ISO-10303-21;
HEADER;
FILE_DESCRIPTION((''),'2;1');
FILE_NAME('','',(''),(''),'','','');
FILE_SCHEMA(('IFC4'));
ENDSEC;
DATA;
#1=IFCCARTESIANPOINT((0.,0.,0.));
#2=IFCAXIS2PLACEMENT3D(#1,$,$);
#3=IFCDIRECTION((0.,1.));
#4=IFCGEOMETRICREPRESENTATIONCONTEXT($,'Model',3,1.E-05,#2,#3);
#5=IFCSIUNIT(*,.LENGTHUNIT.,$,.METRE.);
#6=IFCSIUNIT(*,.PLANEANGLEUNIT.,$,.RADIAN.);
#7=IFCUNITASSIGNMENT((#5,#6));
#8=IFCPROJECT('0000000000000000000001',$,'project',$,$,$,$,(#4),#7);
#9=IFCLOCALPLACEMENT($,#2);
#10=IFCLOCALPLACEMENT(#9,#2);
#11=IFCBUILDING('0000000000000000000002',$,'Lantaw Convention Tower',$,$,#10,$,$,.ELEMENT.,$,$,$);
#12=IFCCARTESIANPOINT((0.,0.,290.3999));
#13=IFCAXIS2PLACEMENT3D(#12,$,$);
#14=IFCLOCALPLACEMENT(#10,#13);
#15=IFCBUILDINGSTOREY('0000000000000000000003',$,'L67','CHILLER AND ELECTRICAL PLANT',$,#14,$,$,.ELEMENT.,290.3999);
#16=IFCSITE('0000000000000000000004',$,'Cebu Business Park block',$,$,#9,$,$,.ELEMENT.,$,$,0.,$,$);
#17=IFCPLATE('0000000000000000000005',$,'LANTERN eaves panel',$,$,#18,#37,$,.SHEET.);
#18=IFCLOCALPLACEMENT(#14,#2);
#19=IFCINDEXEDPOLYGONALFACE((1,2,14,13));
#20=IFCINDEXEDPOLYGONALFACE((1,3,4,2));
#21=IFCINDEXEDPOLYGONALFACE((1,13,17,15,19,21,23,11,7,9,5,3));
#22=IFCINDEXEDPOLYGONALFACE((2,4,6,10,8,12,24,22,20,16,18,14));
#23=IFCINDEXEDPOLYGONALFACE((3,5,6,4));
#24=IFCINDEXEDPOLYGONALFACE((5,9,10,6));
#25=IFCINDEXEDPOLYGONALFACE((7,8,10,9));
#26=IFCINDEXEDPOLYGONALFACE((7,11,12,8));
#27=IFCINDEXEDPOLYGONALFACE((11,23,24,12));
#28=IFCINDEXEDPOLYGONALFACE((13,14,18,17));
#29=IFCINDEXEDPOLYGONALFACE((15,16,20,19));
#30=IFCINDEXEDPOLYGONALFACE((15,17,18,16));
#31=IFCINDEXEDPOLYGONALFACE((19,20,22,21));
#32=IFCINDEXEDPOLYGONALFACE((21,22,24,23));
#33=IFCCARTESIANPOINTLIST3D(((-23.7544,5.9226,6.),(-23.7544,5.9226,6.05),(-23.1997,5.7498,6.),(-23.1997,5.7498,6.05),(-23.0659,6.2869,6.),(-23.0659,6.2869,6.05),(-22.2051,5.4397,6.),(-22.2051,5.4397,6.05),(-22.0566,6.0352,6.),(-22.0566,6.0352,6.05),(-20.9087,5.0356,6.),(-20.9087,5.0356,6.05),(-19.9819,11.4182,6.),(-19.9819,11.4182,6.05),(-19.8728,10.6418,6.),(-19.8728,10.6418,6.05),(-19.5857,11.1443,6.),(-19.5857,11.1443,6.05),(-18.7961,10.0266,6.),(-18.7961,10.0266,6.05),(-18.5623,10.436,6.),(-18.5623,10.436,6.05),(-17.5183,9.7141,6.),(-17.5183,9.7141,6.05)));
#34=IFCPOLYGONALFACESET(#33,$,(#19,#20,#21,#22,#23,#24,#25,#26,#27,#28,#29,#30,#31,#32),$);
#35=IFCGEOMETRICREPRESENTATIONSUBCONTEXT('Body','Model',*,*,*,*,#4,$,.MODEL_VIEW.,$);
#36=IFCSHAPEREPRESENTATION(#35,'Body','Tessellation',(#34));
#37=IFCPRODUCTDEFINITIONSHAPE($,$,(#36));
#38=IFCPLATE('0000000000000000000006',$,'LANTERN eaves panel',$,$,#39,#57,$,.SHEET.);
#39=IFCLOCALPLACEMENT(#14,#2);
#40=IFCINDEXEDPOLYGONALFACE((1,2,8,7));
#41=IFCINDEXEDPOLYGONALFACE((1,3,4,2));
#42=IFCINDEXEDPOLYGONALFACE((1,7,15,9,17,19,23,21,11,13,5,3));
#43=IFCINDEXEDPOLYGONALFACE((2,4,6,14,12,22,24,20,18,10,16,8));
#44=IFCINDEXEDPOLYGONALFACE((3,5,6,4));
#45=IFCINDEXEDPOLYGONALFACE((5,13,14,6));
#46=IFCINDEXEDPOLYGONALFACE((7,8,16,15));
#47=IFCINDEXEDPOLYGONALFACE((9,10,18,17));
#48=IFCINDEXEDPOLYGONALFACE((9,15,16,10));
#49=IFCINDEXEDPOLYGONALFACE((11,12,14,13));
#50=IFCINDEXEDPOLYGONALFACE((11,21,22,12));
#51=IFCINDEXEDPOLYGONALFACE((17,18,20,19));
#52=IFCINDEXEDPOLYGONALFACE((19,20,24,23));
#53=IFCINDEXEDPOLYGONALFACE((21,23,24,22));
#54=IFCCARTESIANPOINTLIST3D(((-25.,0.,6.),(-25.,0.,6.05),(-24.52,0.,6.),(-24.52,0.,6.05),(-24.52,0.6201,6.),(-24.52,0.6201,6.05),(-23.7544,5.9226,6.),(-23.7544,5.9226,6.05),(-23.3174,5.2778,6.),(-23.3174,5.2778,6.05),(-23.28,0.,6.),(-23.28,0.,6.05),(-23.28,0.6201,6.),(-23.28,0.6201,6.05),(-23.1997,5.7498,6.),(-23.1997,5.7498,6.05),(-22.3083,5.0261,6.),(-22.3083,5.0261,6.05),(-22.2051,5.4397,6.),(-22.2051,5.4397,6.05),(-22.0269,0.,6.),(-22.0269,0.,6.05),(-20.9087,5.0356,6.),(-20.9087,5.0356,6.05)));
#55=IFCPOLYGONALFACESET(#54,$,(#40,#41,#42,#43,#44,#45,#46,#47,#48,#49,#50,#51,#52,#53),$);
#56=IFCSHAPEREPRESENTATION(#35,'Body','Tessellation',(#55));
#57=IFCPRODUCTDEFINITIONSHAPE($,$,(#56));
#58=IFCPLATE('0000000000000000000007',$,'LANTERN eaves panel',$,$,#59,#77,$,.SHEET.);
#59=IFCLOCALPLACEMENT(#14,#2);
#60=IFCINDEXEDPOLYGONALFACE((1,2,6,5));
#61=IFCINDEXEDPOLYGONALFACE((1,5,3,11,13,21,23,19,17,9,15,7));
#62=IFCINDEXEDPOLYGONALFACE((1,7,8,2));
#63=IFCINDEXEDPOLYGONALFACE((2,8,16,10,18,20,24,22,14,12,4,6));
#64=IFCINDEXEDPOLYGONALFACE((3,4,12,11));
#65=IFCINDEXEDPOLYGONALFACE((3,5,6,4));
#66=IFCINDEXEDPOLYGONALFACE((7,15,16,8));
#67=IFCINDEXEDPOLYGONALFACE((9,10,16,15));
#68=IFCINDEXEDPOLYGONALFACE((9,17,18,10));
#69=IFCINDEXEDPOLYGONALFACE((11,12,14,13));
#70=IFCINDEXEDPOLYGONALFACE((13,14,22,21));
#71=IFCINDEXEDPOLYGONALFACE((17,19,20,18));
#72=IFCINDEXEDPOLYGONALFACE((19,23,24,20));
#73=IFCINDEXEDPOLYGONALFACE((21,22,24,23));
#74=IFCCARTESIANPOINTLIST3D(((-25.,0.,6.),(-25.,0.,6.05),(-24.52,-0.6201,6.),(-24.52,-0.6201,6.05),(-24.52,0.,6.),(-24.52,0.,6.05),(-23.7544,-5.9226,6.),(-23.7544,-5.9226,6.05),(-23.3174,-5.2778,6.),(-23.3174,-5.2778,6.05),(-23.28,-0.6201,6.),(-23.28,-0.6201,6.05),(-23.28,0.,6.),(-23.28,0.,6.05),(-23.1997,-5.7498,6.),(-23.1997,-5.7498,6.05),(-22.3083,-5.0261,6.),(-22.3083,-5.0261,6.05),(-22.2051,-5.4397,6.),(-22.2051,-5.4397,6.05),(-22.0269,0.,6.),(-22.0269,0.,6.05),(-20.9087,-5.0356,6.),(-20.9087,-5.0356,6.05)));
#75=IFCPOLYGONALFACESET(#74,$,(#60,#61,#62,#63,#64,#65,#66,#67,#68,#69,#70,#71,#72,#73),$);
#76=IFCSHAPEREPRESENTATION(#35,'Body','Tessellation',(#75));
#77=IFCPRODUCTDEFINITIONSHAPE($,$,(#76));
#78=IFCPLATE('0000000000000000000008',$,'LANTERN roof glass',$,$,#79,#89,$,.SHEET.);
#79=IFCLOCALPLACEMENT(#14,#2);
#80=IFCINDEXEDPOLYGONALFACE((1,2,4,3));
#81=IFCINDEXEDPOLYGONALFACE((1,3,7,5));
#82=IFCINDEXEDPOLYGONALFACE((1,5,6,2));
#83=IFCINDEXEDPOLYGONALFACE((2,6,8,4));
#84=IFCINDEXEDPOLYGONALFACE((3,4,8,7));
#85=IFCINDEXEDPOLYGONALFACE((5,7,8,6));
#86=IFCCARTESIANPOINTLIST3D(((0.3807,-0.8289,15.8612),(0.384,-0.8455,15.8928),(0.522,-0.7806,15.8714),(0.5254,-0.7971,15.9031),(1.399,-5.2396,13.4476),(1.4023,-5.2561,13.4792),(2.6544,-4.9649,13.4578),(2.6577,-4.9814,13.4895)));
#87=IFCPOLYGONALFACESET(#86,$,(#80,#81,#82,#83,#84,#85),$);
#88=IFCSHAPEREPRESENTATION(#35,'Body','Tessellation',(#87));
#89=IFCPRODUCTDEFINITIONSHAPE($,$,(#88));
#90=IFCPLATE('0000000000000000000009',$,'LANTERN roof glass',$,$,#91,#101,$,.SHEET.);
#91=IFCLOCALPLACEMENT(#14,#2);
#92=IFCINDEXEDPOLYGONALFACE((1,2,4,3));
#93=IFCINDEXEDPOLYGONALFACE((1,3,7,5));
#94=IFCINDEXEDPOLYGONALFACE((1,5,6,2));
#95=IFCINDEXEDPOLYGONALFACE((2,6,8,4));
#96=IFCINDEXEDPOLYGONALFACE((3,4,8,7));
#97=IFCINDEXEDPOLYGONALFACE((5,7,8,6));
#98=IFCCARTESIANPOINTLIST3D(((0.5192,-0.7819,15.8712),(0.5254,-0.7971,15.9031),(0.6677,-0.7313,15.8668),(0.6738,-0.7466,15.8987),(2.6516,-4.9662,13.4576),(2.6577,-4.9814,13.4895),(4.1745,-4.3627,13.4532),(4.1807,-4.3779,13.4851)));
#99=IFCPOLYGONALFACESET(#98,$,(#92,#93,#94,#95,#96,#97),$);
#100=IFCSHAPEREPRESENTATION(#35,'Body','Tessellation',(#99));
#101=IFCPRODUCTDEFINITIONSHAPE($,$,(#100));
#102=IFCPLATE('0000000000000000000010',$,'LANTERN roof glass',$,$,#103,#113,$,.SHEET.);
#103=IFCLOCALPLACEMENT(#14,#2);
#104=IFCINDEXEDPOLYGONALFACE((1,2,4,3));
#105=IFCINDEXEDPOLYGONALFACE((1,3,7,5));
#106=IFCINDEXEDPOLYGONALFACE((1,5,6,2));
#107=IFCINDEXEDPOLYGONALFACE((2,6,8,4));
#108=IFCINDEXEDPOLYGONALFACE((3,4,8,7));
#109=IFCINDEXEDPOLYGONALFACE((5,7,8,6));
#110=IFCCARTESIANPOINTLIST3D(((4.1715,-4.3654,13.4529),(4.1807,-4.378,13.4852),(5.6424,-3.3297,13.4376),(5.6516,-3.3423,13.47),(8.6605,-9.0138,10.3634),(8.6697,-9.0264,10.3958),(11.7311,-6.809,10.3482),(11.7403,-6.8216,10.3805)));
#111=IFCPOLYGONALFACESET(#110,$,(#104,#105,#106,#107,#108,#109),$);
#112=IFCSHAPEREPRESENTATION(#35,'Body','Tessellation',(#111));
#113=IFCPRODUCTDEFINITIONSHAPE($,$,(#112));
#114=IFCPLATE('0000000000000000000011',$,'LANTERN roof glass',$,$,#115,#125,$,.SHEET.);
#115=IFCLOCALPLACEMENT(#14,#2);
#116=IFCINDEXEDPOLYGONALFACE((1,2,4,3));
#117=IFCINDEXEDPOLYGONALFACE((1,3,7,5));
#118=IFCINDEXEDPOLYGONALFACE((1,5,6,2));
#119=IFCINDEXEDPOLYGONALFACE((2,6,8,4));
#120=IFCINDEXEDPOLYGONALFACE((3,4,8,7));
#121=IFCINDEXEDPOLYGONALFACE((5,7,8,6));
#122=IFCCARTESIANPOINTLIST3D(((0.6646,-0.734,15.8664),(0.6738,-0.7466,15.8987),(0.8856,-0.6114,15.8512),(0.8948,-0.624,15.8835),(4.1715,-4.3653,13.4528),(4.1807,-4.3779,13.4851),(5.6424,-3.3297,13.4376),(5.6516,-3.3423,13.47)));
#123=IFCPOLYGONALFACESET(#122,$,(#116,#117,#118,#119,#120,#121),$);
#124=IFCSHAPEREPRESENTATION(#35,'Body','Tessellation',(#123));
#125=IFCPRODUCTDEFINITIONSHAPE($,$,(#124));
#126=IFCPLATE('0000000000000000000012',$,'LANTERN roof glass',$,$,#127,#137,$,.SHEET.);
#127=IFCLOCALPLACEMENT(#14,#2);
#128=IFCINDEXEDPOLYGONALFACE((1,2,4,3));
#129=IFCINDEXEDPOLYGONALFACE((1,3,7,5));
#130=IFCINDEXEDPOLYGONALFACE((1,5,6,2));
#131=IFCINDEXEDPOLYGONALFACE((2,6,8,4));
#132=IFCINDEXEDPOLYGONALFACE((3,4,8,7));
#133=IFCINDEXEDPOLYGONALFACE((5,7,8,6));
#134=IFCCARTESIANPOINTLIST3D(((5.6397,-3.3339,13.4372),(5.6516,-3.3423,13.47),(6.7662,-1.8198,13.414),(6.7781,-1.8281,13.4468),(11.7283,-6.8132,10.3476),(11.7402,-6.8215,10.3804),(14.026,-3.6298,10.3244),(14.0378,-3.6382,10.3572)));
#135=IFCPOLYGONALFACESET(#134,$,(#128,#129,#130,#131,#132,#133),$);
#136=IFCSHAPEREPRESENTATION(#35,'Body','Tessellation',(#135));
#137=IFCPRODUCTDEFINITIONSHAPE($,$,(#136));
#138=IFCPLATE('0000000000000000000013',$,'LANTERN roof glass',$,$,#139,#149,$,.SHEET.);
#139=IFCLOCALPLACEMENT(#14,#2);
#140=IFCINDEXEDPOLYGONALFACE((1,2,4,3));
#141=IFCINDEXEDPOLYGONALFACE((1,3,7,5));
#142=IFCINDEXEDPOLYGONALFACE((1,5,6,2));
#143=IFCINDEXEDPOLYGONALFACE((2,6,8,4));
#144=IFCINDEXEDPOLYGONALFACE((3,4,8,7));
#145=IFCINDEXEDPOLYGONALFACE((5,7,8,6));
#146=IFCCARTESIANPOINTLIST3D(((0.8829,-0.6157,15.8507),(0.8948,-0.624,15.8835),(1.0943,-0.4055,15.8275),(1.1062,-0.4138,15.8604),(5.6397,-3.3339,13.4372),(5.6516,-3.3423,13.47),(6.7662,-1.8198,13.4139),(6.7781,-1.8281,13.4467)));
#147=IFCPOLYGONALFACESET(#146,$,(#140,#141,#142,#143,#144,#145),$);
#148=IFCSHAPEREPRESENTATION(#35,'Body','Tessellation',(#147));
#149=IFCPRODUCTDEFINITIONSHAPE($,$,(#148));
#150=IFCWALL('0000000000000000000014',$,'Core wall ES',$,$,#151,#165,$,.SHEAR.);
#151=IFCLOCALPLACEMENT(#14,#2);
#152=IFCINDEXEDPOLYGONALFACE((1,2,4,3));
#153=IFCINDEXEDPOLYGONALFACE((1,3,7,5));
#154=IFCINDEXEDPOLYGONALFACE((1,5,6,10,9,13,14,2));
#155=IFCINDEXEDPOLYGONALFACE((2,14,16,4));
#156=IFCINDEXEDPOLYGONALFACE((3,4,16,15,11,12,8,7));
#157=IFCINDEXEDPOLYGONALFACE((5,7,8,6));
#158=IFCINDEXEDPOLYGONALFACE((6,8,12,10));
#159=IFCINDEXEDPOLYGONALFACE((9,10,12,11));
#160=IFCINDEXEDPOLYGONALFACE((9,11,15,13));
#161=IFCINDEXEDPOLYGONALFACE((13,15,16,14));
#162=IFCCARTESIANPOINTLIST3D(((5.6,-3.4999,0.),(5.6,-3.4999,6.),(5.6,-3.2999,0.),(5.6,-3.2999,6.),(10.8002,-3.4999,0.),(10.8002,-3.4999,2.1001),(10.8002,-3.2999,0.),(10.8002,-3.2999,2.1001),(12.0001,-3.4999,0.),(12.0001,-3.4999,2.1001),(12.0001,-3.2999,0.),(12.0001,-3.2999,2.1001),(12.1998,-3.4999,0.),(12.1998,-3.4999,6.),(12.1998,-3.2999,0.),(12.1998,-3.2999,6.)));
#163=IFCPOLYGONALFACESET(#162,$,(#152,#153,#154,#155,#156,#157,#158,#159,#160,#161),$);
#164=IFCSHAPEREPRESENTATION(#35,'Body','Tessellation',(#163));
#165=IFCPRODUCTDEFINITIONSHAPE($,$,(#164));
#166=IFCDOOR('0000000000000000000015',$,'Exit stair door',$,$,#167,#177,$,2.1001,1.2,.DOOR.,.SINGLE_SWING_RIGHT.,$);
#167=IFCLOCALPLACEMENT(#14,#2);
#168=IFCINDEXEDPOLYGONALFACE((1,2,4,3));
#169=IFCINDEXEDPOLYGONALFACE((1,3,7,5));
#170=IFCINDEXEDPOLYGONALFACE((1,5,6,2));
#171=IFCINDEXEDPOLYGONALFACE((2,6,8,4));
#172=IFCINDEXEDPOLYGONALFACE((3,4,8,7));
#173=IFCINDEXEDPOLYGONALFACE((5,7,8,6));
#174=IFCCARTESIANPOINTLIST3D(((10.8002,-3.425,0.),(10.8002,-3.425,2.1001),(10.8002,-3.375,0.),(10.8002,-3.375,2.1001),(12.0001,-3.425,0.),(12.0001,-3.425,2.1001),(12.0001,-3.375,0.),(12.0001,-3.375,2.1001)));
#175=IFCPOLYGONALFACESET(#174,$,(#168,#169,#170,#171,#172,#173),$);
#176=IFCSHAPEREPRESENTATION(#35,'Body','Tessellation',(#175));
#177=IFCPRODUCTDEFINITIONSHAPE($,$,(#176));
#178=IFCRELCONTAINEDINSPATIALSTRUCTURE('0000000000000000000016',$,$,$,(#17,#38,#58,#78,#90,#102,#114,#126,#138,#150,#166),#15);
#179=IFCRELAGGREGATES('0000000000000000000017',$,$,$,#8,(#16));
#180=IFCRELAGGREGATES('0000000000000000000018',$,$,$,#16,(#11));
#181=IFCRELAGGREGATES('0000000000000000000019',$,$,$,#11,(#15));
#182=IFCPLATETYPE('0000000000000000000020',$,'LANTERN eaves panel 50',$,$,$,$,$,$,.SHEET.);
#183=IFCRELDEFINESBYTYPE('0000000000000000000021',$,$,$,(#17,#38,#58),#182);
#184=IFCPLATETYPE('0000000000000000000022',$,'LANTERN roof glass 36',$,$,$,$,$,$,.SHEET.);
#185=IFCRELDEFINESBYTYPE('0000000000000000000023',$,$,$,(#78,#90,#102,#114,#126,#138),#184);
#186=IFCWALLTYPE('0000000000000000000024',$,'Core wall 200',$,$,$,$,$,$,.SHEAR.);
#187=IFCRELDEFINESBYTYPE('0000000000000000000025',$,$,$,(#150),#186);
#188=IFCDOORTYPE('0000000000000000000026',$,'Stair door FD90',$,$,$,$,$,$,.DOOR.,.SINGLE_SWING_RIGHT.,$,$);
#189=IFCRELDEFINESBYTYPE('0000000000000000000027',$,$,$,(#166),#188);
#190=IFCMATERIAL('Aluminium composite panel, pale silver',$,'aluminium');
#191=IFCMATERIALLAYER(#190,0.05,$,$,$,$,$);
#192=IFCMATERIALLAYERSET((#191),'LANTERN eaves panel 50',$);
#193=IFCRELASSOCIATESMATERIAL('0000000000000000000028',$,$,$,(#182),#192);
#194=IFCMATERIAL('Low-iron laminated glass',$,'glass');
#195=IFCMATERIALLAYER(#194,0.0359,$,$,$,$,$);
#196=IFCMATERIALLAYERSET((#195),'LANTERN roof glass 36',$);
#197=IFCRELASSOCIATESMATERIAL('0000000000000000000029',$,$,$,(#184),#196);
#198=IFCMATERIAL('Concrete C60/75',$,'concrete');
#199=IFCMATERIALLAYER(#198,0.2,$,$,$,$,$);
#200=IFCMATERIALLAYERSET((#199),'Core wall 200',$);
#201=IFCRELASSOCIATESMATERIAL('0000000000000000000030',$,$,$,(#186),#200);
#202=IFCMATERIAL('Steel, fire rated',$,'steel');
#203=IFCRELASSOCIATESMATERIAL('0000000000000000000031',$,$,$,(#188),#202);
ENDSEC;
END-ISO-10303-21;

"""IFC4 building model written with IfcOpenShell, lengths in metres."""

from ifc_helpers import new_model, si_unit, direction, frame, frame_2d, origin, place, context, subcontext, project, spatial, polyline, rectangle, outline, extrude, material, layer, layer_set, type_object, element, fill, save


model = new_model("IFC4")

# Units and contexts
model_context = context("Model", 3, precision=1e-05, world=origin(), true_north=direction((0.0, 1.0)))
body_context = subcontext(model_context, "Body", "Model", "MODEL_VIEW")
ifc_project = project(units=[si_unit("LENGTHUNIT", "METRE"), si_unit("PLANEANGLEUNIT", "RADIAN")], contexts=[model_context])

# Site, building, storey
site_placement = place(None, origin())
site = spatial("IfcSite", under=ifc_project, at=site_placement, Name="Cebu Business Park block", CompositionType="ELEMENT", RefElevation=0.0)
building_placement = place(site_placement, origin())
building = spatial("IfcBuilding", under=site, at=building_placement, Name="Lantaw Convention Tower", CompositionType="ELEMENT")
storey_placement = place(building_placement, frame((0.0, 0.0, 290.3999)))
storey = spatial("IfcBuildingStorey", under=building, at=storey_placement, Name="L67", Description="CHILLER AND ELECTRICAL PLANT", CompositionType="ELEMENT", Elevation=290.3999)

# Plates
ifc_material_1 = material(Name="Aluminium composite panel, pale silver", Category="aluminium")
ifc_layer_1 = layer(ifc_material_1, 0.05)
ifc_layer_set_1 = layer_set([ifc_layer_1], Name="LANTERN eaves panel 50")
plate_type_1 = type_object("IfcPlateType", Name="LANTERN eaves panel 50", PredefinedType="SHEET", material=ifc_layer_set_1)
plate_1_placement = place(storey_placement, frame((0.0, 0.0, 6.0)))
element("IfcPlate", 1, at=plate_1_placement, inside=storey, type_object=plate_type_1, Name="LANTERN eaves panel", PredefinedType="SHEET", context=body_context, shape_type="SweptSolid", body=[
    extrude(outline(polyline([(-17.5183, 9.7141), (-18.5623, 10.436), (-18.7961, 10.0266), (-19.8728, 10.6418), (-19.5857, 11.1443), (-19.9819, 11.4182), (-23.7544, 5.9226), (-23.1997, 5.7498), (-23.0659, 6.2869), (-22.0566, 6.0352), (-22.2051, 5.4397), (-20.9087, 5.0356), (-17.5183, 9.7141)])), origin(), (0.0, 0.0, 1.0), 0.05),
])
plate_2_placement = place(storey_placement, frame((0.0, 0.0, 6.0)))
element("IfcPlate", 2, at=plate_2_placement, inside=storey, type_object=plate_type_1, Name="LANTERN eaves panel", PredefinedType="SHEET", context=body_context, shape_type="SweptSolid", body=[
    extrude(outline(polyline([(-20.9087, 5.0356), (-22.2051, 5.4397), (-22.3083, 5.0261), (-23.3174, 5.2778), (-23.1997, 5.7498), (-23.7544, 5.9226), (-25.0, 0.0), (-24.52, 0.0), (-24.52, 0.6201), (-23.28, 0.6201), (-23.28, 0.0), (-22.0269, 0.0), (-20.9087, 5.0356)])), origin(), (0.0, 0.0, 1.0), 0.05),
])
plate_3_placement = place(storey_placement, frame((0.0, 0.0, 6.0)))
element("IfcPlate", 3, at=plate_3_placement, inside=storey, type_object=plate_type_1, Name="LANTERN eaves panel", PredefinedType="SHEET", context=body_context, shape_type="SweptSolid", body=[
    extrude(outline(polyline([(-22.0269, 0.0), (-23.28, 0.0), (-23.28, -0.6201), (-24.52, -0.6201), (-24.52, 0.0), (-25.0, 0.0), (-23.7544, -5.9226), (-23.1997, -5.7498), (-23.3174, -5.2778), (-22.3083, -5.0261), (-22.2051, -5.4397), (-20.9087, -5.0356), (-22.0269, 0.0)])), origin(), (0.0, 0.0, 1.0), 0.05),
])
ifc_material_2 = material(Name="Low-iron laminated glass", Category="glass")
ifc_layer_2 = layer(ifc_material_2, 0.0359)
ifc_layer_set_2 = layer_set([ifc_layer_2], Name="LANTERN roof glass 36")
plate_type_2 = type_object("IfcPlateType", Name="LANTERN roof glass 36", PredefinedType="SHEET", material=ifc_layer_set_2)
plate_4_placement = place(storey_placement, frame((1.4023, -5.2561, 13.4792), z_axis=(0.093698, -0.461196, 0.882337), x_axis=(0.976861, 0.213725, 0.007978)))
element("IfcPlate", 4, at=plate_4_placement, inside=storey, type_object=plate_type_2, Name="LANTERN roof glass", PredefinedType="SHEET", context=body_context, shape_type="SweptSolid", body=[
    extrude(outline(polyline([(0.0, 0.0), (1.2851, 0.0), (0.1157, 5.1491), (-0.0328, 5.1298), (0.0, 0.0)])), origin(), (0.0, 0.0, -1.0), 0.0359),
])
plate_5_placement = place(storey_placement, frame((2.6577, -4.9814, 13.4895), z_axis=(0.171139, -0.425391, 0.888681), x_axis=(0.929661, 0.368407, -0.002683)))
element("IfcPlate", 5, at=plate_5_placement, inside=storey, type_object=plate_type_2, Name="LANTERN roof glass", PredefinedType="SHEET", context=body_context, shape_type="SweptSolid", body=[
    extrude(outline(polyline([(0.0, 0.0), (1.6382, 0.0), (-0.2907, 5.2526), (-0.4473, 5.2612), (0.0, 0.0)])), origin(), (0.0, 0.0, -1.0), 0.0359),
])
plate_6_placement = place(storey_placement, frame((8.6697, -9.0264, 10.3958), z_axis=(0.256445, -0.350925, 0.900604), x_axis=(0.812286, 0.583246, -0.004033)))
element("IfcPlate", 6, at=plate_6_placement, inside=storey, type_object=plate_type_2, Name="LANTERN roof glass", PredefinedType="SHEET", context=body_context, shape_type="SweptSolid", body=[
    extrude(outline(polyline([(0.0, 0.0), (3.7802, 0.0), (0.8513, 7.0812), (-0.9476, 7.0997), (0.0, 0.0)])), origin(), (0.0, 0.0, -1.0), 0.0359),
])
plate_7_placement = place(storey_placement, frame((4.1807, -4.3779, 13.4851), z_axis=(0.256386, -0.350986, 0.900597), x_axis=(0.817638, 0.575671, -0.008414)))
element("IfcPlate", 7, at=plate_7_placement, inside=storey, type_object=plate_type_2, Name="LANTERN roof glass", PredefinedType="SHEET", context=body_context, shape_type="SweptSolid", body=[
    extrude(outline(polyline([(0.0, 0.0), (1.799, 0.0), (-0.5458, 5.5085), (-0.7972, 5.5385), (0.0, 0.0)])), origin(), (0.0, 0.0, -1.0), 0.0359),
])
plate_8_placement = place(storey_placement, frame((11.7402, -6.8215, 10.3804), z_axis=(0.331235, -0.232411, 0.914477), x_axis=(0.585233, 0.810843, -0.005906)))
element("IfcPlate", 8, at=plate_8_placement, inside=storey, type_object=plate_type_2, Name="LANTERN roof glass", PredefinedType="SHEET", context=body_context, shape_type="SweptSolid", body=[
    extrude(outline(polyline([(0.0, 0.0), (3.926, 0.0), (1.1267, 7.5954), (-0.7604, 7.6252), (0.0, 0.0)])), origin(), (0.0, 0.0, -1.0), 0.0359),
])
plate_9_placement = place(storey_placement, frame((5.6516, -3.3423, 13.47), z_axis=(0.33121, -0.232377, 0.914495), x_axis=(0.59684, 0.802266, -0.012304)))
element("IfcPlate", 9, at=plate_9_placement, inside=storey, type_object=plate_type_2, Name="LANTERN roof glass", PredefinedType="SHEET", context=body_context, shape_type="SweptSolid", body=[
    extrude(outline(polyline([(0.0, 0.0), (1.8874, 0.0), (-0.3929, 5.8988), (-0.688, 5.9471), (0.0, 0.0)])), origin(), (0.0, 0.0, -1.0), 0.0359),
])

# Wall, opening, door
ifc_material_3 = material(Name="Concrete C60/75", Category="concrete")
ifc_layer_3 = layer(ifc_material_3, 0.2)
ifc_layer_set_3 = layer_set([ifc_layer_3], Name="Core wall 200")
wall_type_1 = type_object("IfcWallType", Name="Core wall 200", PredefinedType="SHEAR", material=ifc_layer_set_3)
wall_1_placement = place(storey_placement, frame((5.6001, -3.3999, 0.0), z_axis=(0.0, 0.0, 1.0), x_axis=(1.0, 0.0, 0.0)))
wall_1 = element("IfcWall", 10, at=wall_1_placement, inside=storey, type_object=wall_type_1, Name="Core wall ES", PredefinedType="SHEAR", context=body_context, shape_type="SweptSolid", body=[
    extrude(rectangle(XDim=6.5999, YDim=0.2, at=frame_2d((3.2998, 0.0))), origin(), (0.0, 0.0, 1.0), 6.0),
])
opening_1_placement = place(wall_1_placement, frame((5.2, 0.0, 0.0)))
opening_1 = element("IfcOpeningElement", 11, at=opening_1_placement, cuts=wall_1, PredefinedType="OPENING", context=body_context, shape_type="SweptSolid", body=[
    extrude(rectangle(XDim=1.2, YDim=2.1001, at=frame_2d((0.6001, 1.05))), frame((0.0, 0.1099, 0.0), z_axis=(0.0, -1.0, 0.0), x_axis=(1.0, 0.0, 0.0)), (0.0, 0.0, 1.0), 0.22),
])
ifc_material_4 = material(Name="Steel, fire rated", Category="steel")
door_type_1 = type_object("IfcDoorType", Name="Stair door FD90", OperationType="SINGLE_SWING_RIGHT", PredefinedType="DOOR", material=ifc_material_4)
door_1_placement = place(opening_1_placement, origin())
door_1 = element("IfcDoor", 12, at=door_1_placement, inside=storey, type_object=door_type_1, Name="Exit stair door", OperationType="SINGLE_SWING_RIGHT", OverallHeight=2.1001, OverallWidth=1.2, PredefinedType="DOOR", context=body_context, shape_type="SweptSolid", body=[
    extrude(rectangle(XDim=1.2, YDim=2.1001, at=frame_2d((0.6001, 1.05))), frame((0.0, 0.0249, 0.0), z_axis=(0.0, -1.0, 0.0), x_axis=(1.0, 0.0, 0.0)), (0.0, 0.0, 1.0), 0.05),
])
fill(opening_1, door_1)

save(model, "model.ifc")
